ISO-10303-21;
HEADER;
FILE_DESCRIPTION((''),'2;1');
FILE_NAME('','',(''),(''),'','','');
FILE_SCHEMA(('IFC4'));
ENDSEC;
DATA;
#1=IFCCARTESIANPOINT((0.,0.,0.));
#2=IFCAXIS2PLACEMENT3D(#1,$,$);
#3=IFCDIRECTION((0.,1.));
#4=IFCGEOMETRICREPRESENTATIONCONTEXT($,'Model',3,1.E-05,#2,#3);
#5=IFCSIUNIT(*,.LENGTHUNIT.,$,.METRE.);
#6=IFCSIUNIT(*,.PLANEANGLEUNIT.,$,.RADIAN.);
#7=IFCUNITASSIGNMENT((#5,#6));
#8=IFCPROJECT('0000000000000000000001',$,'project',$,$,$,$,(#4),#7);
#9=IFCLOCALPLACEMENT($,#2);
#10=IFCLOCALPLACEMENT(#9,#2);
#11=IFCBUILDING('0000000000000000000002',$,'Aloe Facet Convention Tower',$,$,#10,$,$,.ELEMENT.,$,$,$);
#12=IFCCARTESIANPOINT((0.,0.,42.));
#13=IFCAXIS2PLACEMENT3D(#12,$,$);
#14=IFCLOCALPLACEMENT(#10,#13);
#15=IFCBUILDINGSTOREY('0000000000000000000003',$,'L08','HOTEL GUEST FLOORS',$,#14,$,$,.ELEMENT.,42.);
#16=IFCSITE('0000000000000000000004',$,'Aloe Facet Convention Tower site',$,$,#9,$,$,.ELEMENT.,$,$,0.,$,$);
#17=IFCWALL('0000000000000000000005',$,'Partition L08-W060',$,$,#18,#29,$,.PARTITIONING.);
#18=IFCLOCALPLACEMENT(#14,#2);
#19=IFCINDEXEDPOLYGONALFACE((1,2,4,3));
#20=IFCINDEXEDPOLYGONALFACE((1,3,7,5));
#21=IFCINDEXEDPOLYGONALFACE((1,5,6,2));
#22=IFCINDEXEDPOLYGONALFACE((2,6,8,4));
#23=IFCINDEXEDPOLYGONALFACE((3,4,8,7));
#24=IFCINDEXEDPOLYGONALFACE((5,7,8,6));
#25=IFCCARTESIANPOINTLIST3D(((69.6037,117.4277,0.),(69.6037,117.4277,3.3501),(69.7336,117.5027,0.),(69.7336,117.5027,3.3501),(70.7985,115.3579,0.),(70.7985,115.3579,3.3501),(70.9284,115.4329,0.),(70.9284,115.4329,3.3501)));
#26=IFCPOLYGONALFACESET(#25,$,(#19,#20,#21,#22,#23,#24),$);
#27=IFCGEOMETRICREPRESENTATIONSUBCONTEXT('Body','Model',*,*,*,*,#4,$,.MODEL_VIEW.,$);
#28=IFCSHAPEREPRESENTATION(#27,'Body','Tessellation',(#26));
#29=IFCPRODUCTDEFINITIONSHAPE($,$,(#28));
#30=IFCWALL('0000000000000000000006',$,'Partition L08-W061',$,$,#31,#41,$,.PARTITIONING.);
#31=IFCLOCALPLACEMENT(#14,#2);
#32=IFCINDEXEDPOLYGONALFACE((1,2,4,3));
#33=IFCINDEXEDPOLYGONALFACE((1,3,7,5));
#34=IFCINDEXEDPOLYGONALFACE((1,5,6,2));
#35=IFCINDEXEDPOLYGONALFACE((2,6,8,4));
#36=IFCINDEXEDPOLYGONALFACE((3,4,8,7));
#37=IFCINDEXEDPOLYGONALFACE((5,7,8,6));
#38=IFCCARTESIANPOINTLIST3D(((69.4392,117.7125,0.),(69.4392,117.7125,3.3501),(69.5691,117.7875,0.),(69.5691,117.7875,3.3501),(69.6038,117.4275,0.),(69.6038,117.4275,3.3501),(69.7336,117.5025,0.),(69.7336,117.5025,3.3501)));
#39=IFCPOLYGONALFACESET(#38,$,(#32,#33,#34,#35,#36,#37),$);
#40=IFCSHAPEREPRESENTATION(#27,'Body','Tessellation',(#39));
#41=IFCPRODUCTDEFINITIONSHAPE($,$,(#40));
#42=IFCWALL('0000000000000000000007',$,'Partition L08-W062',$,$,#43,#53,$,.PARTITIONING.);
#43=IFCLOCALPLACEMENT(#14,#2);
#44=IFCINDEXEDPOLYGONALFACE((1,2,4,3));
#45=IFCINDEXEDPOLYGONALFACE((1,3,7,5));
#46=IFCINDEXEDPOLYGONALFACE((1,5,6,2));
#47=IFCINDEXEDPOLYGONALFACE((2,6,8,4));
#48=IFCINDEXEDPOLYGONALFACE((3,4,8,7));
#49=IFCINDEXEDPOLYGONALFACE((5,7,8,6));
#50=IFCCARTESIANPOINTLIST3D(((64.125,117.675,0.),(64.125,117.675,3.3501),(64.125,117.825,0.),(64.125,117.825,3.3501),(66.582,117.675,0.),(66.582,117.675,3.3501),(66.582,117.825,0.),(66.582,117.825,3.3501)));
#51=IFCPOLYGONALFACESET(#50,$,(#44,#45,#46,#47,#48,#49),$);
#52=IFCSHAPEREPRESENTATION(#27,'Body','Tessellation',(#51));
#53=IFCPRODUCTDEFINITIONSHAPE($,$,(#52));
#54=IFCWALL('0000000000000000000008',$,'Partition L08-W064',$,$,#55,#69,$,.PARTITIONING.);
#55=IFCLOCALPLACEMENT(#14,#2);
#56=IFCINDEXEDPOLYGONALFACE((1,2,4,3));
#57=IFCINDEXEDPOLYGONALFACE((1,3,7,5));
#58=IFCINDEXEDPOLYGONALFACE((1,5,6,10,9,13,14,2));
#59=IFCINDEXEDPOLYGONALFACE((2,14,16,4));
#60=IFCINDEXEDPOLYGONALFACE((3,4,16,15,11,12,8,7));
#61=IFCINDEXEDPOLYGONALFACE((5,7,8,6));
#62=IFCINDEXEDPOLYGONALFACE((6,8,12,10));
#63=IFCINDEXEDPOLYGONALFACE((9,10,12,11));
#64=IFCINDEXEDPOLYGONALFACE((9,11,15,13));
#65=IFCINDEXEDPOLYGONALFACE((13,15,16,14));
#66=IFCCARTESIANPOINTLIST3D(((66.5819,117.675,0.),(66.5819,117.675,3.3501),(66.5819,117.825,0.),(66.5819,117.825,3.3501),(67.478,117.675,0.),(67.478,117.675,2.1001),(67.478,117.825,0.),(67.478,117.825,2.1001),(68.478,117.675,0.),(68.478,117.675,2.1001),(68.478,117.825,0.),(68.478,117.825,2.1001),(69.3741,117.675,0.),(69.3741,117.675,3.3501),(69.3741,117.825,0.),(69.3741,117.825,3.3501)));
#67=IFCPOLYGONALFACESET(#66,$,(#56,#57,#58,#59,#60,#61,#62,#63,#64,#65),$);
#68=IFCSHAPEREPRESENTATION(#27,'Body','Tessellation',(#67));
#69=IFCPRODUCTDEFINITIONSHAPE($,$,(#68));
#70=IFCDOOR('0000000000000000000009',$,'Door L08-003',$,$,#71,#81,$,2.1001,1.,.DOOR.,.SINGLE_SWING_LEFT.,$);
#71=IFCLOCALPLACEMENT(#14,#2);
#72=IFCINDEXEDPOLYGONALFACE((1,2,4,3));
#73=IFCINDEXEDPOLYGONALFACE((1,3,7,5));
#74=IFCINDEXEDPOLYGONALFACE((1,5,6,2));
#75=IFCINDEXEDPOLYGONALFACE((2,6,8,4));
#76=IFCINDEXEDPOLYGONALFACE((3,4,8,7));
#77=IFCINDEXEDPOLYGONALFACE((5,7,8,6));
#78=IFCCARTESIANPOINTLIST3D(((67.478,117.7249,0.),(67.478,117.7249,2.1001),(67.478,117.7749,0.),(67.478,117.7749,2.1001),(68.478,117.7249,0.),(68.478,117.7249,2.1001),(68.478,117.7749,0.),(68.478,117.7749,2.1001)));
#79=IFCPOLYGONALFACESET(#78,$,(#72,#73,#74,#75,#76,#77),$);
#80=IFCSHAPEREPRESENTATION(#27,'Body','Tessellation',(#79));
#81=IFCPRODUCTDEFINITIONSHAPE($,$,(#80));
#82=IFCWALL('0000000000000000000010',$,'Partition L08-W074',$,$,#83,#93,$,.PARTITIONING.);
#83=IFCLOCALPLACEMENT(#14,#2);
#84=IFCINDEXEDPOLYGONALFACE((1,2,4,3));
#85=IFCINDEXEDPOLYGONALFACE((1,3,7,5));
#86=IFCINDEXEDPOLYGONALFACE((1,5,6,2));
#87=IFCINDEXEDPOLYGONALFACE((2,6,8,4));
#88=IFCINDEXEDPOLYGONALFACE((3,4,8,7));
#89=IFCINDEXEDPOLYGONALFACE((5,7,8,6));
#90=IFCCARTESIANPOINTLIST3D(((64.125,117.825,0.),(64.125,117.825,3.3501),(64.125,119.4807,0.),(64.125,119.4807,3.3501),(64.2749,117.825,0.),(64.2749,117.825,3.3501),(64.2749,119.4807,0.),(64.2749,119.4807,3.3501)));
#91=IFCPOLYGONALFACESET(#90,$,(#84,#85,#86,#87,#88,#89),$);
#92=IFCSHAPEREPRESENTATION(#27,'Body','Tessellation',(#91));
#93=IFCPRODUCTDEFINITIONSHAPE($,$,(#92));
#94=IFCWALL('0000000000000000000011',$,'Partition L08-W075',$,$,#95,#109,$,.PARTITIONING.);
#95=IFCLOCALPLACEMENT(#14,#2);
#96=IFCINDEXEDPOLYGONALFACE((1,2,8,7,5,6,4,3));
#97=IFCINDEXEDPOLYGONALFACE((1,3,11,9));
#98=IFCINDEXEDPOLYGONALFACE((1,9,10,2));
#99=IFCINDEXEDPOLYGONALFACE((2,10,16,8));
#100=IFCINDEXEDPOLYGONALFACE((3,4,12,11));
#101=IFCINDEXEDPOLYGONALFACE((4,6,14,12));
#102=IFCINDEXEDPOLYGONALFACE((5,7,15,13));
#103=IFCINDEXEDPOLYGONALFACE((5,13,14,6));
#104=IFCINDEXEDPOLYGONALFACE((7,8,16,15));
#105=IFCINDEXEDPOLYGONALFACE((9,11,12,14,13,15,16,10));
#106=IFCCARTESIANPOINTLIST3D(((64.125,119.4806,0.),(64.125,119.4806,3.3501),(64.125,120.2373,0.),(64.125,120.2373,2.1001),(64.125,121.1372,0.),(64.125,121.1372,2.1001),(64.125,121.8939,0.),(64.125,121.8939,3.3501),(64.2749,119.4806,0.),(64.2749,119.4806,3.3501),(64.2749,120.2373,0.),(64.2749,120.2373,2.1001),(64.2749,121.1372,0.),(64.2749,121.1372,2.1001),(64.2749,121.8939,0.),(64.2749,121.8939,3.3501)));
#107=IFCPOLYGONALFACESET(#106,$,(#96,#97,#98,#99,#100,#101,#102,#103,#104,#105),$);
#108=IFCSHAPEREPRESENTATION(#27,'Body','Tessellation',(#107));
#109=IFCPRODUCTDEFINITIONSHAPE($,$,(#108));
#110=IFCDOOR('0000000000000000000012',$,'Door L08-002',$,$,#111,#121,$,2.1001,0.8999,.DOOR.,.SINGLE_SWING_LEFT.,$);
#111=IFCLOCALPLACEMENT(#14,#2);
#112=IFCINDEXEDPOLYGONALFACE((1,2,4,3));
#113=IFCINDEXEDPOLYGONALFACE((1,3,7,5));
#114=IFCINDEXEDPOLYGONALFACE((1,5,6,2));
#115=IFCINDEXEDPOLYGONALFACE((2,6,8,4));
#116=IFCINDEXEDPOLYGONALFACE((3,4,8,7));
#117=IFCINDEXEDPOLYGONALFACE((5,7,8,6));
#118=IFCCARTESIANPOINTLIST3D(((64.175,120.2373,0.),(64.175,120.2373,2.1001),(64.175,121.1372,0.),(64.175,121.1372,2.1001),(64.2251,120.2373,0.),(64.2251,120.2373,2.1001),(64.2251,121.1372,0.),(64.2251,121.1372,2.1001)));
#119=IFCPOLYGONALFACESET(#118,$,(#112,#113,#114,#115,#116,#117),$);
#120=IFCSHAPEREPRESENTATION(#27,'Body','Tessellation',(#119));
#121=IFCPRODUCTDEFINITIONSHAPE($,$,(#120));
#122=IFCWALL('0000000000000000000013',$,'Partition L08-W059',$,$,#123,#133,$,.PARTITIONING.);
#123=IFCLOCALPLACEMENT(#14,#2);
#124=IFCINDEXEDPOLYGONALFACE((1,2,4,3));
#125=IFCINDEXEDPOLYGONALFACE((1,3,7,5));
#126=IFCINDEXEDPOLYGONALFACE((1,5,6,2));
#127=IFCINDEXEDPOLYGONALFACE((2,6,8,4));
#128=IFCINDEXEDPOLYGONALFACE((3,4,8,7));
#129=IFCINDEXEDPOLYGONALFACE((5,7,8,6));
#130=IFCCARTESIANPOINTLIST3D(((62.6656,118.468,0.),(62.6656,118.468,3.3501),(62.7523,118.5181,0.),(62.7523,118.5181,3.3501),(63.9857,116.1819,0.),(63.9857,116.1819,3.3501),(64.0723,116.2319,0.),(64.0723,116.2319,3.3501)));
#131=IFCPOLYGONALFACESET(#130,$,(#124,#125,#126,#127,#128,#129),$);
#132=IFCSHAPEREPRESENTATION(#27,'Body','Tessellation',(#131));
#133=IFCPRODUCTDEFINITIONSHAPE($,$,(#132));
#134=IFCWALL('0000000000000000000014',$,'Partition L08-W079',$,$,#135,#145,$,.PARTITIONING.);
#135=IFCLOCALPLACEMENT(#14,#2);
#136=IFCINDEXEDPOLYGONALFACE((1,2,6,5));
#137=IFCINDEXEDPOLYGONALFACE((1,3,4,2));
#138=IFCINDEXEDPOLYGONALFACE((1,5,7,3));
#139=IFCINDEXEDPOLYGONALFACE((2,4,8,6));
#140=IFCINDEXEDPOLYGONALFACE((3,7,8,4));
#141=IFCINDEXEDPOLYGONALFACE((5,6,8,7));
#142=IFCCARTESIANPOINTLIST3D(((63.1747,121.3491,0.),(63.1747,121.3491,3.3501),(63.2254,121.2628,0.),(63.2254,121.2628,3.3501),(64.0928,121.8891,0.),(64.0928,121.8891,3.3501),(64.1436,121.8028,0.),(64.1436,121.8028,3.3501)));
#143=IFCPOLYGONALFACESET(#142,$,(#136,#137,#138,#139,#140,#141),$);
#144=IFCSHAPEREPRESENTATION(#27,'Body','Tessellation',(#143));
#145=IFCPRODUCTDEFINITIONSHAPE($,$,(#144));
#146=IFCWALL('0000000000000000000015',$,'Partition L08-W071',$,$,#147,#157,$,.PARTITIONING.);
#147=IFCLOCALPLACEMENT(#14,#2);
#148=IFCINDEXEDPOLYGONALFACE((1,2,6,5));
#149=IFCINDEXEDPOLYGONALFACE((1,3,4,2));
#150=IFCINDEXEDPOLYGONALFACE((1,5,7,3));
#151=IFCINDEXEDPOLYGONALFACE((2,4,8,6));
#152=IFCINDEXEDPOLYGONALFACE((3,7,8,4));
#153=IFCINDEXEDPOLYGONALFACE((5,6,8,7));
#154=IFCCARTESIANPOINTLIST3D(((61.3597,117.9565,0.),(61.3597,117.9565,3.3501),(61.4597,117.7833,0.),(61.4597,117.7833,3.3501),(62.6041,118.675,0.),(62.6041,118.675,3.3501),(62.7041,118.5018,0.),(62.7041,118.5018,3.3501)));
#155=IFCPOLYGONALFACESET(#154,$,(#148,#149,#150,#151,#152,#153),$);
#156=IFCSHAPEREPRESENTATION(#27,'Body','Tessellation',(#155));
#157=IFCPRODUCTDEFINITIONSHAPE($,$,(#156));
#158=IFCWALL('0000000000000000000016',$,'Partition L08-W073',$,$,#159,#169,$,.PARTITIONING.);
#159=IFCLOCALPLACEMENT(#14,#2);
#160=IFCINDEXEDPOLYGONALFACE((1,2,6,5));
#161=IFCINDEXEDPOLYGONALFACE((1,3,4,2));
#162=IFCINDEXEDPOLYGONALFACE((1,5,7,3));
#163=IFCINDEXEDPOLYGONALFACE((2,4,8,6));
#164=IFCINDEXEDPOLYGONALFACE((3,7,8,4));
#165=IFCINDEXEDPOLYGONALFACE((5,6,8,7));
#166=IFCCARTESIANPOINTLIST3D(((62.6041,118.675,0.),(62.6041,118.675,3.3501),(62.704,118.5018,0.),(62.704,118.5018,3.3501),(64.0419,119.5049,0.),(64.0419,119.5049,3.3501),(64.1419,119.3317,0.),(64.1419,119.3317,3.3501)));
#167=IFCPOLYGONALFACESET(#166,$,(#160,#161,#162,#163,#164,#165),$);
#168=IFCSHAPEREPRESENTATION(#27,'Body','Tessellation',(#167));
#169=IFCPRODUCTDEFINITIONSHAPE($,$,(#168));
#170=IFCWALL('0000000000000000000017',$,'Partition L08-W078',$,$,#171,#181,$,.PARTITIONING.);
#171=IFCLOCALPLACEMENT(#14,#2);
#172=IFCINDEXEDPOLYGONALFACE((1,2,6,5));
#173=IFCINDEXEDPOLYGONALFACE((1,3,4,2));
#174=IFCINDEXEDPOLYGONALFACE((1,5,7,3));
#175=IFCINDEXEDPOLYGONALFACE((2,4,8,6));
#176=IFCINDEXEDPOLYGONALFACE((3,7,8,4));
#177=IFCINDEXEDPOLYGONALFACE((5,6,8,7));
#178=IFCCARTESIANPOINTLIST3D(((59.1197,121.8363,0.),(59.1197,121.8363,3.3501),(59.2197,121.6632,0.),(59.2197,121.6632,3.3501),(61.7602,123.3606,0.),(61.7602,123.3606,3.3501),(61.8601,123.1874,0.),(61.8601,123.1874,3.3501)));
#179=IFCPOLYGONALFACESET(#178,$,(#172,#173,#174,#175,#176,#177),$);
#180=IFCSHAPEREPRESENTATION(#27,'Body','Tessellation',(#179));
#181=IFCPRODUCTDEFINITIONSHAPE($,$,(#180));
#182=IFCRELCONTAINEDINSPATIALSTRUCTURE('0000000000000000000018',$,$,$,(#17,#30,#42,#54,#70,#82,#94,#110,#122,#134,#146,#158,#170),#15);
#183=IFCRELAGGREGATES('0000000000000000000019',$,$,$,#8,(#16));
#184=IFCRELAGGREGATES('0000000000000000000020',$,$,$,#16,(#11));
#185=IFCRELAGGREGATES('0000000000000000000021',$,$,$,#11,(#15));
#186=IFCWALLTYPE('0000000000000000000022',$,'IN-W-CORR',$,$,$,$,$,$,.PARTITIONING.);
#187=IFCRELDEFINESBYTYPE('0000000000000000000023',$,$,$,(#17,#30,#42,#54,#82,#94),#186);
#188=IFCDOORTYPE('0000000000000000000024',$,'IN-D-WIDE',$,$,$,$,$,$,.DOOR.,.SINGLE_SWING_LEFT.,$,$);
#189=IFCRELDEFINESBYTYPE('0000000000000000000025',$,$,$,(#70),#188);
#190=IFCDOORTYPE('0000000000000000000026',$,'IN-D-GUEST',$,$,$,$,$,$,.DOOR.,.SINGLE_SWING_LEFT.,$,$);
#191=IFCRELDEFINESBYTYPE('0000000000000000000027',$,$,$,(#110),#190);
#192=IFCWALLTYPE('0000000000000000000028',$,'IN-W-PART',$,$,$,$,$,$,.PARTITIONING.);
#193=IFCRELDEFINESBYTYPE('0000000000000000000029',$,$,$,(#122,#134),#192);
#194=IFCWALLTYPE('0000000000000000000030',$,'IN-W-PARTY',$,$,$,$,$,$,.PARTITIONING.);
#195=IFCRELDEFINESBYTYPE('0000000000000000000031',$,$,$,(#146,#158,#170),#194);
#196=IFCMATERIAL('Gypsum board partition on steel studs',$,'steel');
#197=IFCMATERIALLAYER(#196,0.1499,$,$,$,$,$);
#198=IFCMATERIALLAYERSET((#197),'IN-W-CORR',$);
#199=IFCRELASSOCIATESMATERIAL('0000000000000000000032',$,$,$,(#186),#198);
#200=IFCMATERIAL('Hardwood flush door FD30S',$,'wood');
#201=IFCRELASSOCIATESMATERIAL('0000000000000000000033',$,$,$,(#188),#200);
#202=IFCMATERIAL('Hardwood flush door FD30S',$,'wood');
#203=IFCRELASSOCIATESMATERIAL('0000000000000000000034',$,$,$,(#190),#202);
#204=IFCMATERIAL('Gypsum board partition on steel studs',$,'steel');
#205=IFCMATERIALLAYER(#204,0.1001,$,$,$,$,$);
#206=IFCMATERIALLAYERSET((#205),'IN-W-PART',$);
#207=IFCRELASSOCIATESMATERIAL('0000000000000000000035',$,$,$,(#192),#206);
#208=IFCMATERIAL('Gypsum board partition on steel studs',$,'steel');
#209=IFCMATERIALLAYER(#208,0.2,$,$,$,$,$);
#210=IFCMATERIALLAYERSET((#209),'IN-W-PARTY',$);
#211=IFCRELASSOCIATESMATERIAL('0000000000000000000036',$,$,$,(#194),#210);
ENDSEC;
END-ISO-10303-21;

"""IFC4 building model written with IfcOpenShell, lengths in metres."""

from ifc_helpers import new_model, si_unit, direction, frame, frame_2d, origin, place, context, subcontext, project, spatial, rectangle, extrude, material, layer, layer_set, type_object, element, fill, save


model = new_model("IFC4")

# Units and contexts
model_context = context("Model", 3, precision=1e-05, world=origin(), true_north=direction((0.0, 1.0)))
body_context = subcontext(model_context, "Body", "Model", "MODEL_VIEW")
ifc_project = project(units=[si_unit("LENGTHUNIT", "METRE"), si_unit("PLANEANGLEUNIT", "RADIAN")], contexts=[model_context])

# Site, building, storey
site_placement = place(None, origin())
site = spatial("IfcSite", under=ifc_project, at=site_placement, Name="Aloe Facet Convention Tower site", CompositionType="ELEMENT", RefElevation=0.0)
building_placement = place(site_placement, origin())
building = spatial("IfcBuilding", under=site, at=building_placement, Name="Aloe Facet Convention Tower", CompositionType="ELEMENT")
storey_placement = place(building_placement, frame((0.0, 0.0, 42.0)))
storey = spatial("IfcBuildingStorey", under=building, at=storey_placement, Name="L08", Description="HOTEL GUEST FLOORS", CompositionType="ELEMENT", Elevation=42.0)

# Walls
ifc_material_1 = material(Name="Gypsum board partition on steel studs", Category="steel")
ifc_layer_1 = layer(ifc_material_1, 0.1499)
ifc_layer_set_1 = layer_set([ifc_layer_1], Name="IN-W-CORR")
wall_type_1 = type_object("IfcWallType", Name="IN-W-CORR", PredefinedType="PARTITIONING", material=ifc_layer_set_1)
wall_1_placement = place(storey_placement, frame((69.6687, 117.4651, 0.0), z_axis=(0.0, 0.0, 1.0), x_axis=(0.499941, -0.86606, 0.0)))
element("IfcWall", 1, at=wall_1_placement, inside=storey, type_object=wall_type_1, Name="Partition L08-W060", PredefinedType="PARTITIONING", context=body_context, shape_type="SweptSolid", body=[
    extrude(rectangle(XDim=2.3899, YDim=0.1499, at=frame_2d((1.1948, 0.0))), origin(), (0.0, 0.0, 1.0), 3.3501),
])
wall_2_placement = place(storey_placement, frame((69.5042, 117.75, 0.0), z_axis=(0.0, 0.0, 1.0), x_axis=(0.500129, -0.865951, 0.0)))
element("IfcWall", 2, at=wall_2_placement, inside=storey, type_object=wall_type_1, Name="Partition L08-W061", PredefinedType="PARTITIONING", context=body_context, shape_type="SweptSolid", body=[
    extrude(rectangle(XDim=0.3291, YDim=0.1499, at=frame_2d((0.1646, 0.0))), origin(), (0.0, 0.0, 1.0), 3.3501),
])
wall_3_placement = place(storey_placement, frame((64.125, 117.75, 0.0), z_axis=(0.0, 0.0, 1.0), x_axis=(1.0, 0.0, 0.0)))
element("IfcWall", 3, at=wall_3_placement, inside=storey, type_object=wall_type_1, Name="Partition L08-W062", PredefinedType="PARTITIONING", context=body_context, shape_type="SweptSolid", body=[
    extrude(rectangle(XDim=2.457, YDim=0.1499, at=frame_2d((1.2285, 0.0))), origin(), (0.0, 0.0, 1.0), 3.3501),
])

# Wall, opening, door
wall_4_placement = place(storey_placement, frame((66.582, 117.75, 0.0), z_axis=(0.0, 0.0, 1.0), x_axis=(1.0, 0.0, 0.0)))
wall_4 = element("IfcWall", 4, at=wall_4_placement, inside=storey, type_object=wall_type_1, Name="Partition L08-W064", PredefinedType="PARTITIONING", context=body_context, shape_type="SweptSolid", body=[
    extrude(rectangle(XDim=2.7922, YDim=0.1499, at=frame_2d((1.396, 0.0))), origin(), (0.0, 0.0, 1.0), 3.3501),
])
opening_1_placement = place(wall_4_placement, frame((0.896, 0.0, 0.0)))
opening_1 = element("IfcOpeningElement", 5, at=opening_1_placement, cuts=wall_4, PredefinedType="OPENING", context=body_context, shape_type="SweptSolid", body=[
    extrude(rectangle(XDim=1.0, YDim=2.1001, at=frame_2d((0.5, 1.05))), frame((0.0, 0.085, 0.0), z_axis=(0.0, -1.0, 0.0), x_axis=(1.0, 0.0, 0.0)), (0.0, 0.0, 1.0), 0.1699),
])
ifc_material_2 = material(Name="Hardwood flush door FD30S", Category="wood")
door_type_1 = type_object("IfcDoorType", Name="IN-D-WIDE", OperationType="SINGLE_SWING_LEFT", PredefinedType="DOOR", material=ifc_material_2)
door_1_placement = place(opening_1_placement, origin())
door_1 = element("IfcDoor", 6, at=door_1_placement, inside=storey, type_object=door_type_1, Name="Door L08-003", OperationType="SINGLE_SWING_LEFT", OverallHeight=2.1001, OverallWidth=1.0, PredefinedType="DOOR", context=body_context, shape_type="SweptSolid", body=[
    extrude(rectangle(XDim=1.0, YDim=2.1001, at=frame_2d((0.5, 1.05))), frame((0.0, 0.0249, 0.0), z_axis=(0.0, -1.0, 0.0), x_axis=(1.0, 0.0, 0.0)), (0.0, 0.0, 1.0), 0.05),
])
fill(opening_1, door_1)

# Wall
wall_5_placement = place(storey_placement, frame((64.2, 117.825, 0.0), z_axis=(0.0, 0.0, 1.0), x_axis=(0.0, 1.0, 0.0)))
element("IfcWall", 7, at=wall_5_placement, inside=storey, type_object=wall_type_1, Name="Partition L08-W074", PredefinedType="PARTITIONING", context=body_context, shape_type="SweptSolid", body=[
    extrude(rectangle(XDim=1.6558, YDim=0.1499, at=frame_2d((0.8279, 0.0))), origin(), (0.0, 0.0, 1.0), 3.3501),
])

# Wall, opening, door
wall_6_placement = place(storey_placement, frame((64.2, 119.4807, 0.0), z_axis=(0.0, 0.0, 1.0), x_axis=(0.0, 1.0, 0.0)))
wall_6 = element("IfcWall", 8, at=wall_6_placement, inside=storey, type_object=wall_type_1, Name="Partition L08-W075", PredefinedType="PARTITIONING", context=body_context, shape_type="SweptSolid", body=[
    extrude(rectangle(XDim=2.4133, YDim=0.1499, at=frame_2d((1.2065, 0.0))), origin(), (0.0, 0.0, 1.0), 3.3501),
])
opening_2_placement = place(wall_6_placement, frame((0.7566, 0.0, 0.0)))
opening_2 = element("IfcOpeningElement", 9, at=opening_2_placement, cuts=wall_6, PredefinedType="OPENING", context=body_context, shape_type="SweptSolid", body=[
    extrude(rectangle(XDim=0.8999, YDim=2.1001, at=frame_2d((0.45, 1.05))), frame((0.0, 0.085, 0.0), z_axis=(0.0, -1.0, 0.0), x_axis=(1.0, 0.0, 0.0)), (0.0, 0.0, 1.0), 0.1699),
])
ifc_material_3 = material(Name="Hardwood flush door FD30S", Category="wood")
door_type_2 = type_object("IfcDoorType", Name="IN-D-GUEST", OperationType="SINGLE_SWING_LEFT", PredefinedType="DOOR", material=ifc_material_3)
door_2_placement = place(opening_2_placement, origin())
door_2 = element("IfcDoor", 10, at=door_2_placement, inside=storey, type_object=door_type_2, Name="Door L08-002", OperationType="SINGLE_SWING_LEFT", OverallHeight=2.1001, OverallWidth=0.8999, PredefinedType="DOOR", context=body_context, shape_type="SweptSolid", body=[
    extrude(rectangle(XDim=0.8999, YDim=2.1001, at=frame_2d((0.45, 1.05))), frame((0.0, 0.0249, 0.0), z_axis=(0.0, -1.0, 0.0), x_axis=(1.0, 0.0, 0.0)), (0.0, 0.0, 1.0), 0.05),
])
fill(opening_2, door_2)

# Walls
ifc_material_4 = material(Name="Gypsum board partition on steel studs", Category="steel")
ifc_layer_2 = layer(ifc_material_4, 0.1001)
ifc_layer_set_2 = layer_set([ifc_layer_2], Name="IN-W-PART")
wall_type_2 = type_object("IfcWallType", Name="IN-W-PART", PredefinedType="PARTITIONING", material=ifc_layer_set_2)
wall_7_placement = place(storey_placement, frame((62.709, 118.4929, 0.0), z_axis=(0.0, 0.0, 1.0), x_axis=(0.500048, -0.865998, 0.0)))
element("IfcWall", 11, at=wall_7_placement, inside=storey, type_object=wall_type_2, Name="Partition L08-W059", PredefinedType="PARTITIONING", context=body_context, shape_type="SweptSolid", body=[
    extrude(rectangle(XDim=2.6399, YDim=0.1001, at=frame_2d((1.3198, 0.0))), origin(), (0.0, 0.0, 1.0), 3.3501),
])
wall_8_placement = place(storey_placement, frame((63.2, 121.3059, 0.0), z_axis=(0.0, 0.0, 1.0), x_axis=(0.86197, 0.50696, 0.0)))
element("IfcWall", 12, at=wall_8_placement, inside=storey, type_object=wall_type_2, Name="Partition L08-W079", PredefinedType="PARTITIONING", context=body_context, shape_type="SweptSolid", body=[
    extrude(rectangle(XDim=1.0652, YDim=0.1001, at=frame_2d((0.5327, 0.0))), origin(), (0.0, 0.0, 1.0), 3.3501),
])
ifc_material_5 = material(Name="Gypsum board partition on steel studs", Category="steel")
ifc_layer_3 = layer(ifc_material_5, 0.2)
ifc_layer_set_3 = layer_set([ifc_layer_3], Name="IN-W-PARTY")
wall_type_3 = type_object("IfcWallType", Name="IN-W-PARTY", PredefinedType="PARTITIONING", material=ifc_layer_set_3)
wall_9_placement = place(storey_placement, frame((61.4097, 117.8699, 0.0), z_axis=(0.0, 0.0, 1.0), x_axis=(0.866007, 0.500031, 0.0)))
element("IfcWall", 13, at=wall_9_placement, inside=storey, type_object=wall_type_3, Name="Partition L08-W071", PredefinedType="PARTITIONING", context=body_context, shape_type="SweptSolid", body=[
    extrude(rectangle(XDim=1.437, YDim=0.2, at=frame_2d((0.7185, 0.0))), origin(), (0.0, 0.0, 1.0), 3.3501),
])
wall_10_placement = place(storey_placement, frame((62.6541, 118.5884, 0.0), z_axis=(0.0, 0.0, 1.0), x_axis=(0.86609, 0.499888, 0.0)))
element("IfcWall", 14, at=wall_10_placement, inside=storey, type_object=wall_type_3, Name="Partition L08-W073", PredefinedType="PARTITIONING", context=body_context, shape_type="SweptSolid", body=[
    extrude(rectangle(XDim=1.6602, YDim=0.2, at=frame_2d((0.8301, 0.0))), origin(), (0.0, 0.0, 1.0), 3.3501),
])
wall_11_placement = place(storey_placement, frame((59.1697, 121.7498, 0.0), z_axis=(0.0, 0.0, 1.0), x_axis=(0.866062, 0.499937, 0.0)))
element("IfcWall", 15, at=wall_11_placement, inside=storey, type_object=wall_type_3, Name="Partition L08-W078", PredefinedType="PARTITIONING", context=body_context, shape_type="SweptSolid", body=[
    extrude(rectangle(XDim=3.0488, YDim=0.2, at=frame_2d((1.5244, 0.0))), origin(), (0.0, 0.0, 1.0), 3.3501),
])

save(model, "model.ifc")
